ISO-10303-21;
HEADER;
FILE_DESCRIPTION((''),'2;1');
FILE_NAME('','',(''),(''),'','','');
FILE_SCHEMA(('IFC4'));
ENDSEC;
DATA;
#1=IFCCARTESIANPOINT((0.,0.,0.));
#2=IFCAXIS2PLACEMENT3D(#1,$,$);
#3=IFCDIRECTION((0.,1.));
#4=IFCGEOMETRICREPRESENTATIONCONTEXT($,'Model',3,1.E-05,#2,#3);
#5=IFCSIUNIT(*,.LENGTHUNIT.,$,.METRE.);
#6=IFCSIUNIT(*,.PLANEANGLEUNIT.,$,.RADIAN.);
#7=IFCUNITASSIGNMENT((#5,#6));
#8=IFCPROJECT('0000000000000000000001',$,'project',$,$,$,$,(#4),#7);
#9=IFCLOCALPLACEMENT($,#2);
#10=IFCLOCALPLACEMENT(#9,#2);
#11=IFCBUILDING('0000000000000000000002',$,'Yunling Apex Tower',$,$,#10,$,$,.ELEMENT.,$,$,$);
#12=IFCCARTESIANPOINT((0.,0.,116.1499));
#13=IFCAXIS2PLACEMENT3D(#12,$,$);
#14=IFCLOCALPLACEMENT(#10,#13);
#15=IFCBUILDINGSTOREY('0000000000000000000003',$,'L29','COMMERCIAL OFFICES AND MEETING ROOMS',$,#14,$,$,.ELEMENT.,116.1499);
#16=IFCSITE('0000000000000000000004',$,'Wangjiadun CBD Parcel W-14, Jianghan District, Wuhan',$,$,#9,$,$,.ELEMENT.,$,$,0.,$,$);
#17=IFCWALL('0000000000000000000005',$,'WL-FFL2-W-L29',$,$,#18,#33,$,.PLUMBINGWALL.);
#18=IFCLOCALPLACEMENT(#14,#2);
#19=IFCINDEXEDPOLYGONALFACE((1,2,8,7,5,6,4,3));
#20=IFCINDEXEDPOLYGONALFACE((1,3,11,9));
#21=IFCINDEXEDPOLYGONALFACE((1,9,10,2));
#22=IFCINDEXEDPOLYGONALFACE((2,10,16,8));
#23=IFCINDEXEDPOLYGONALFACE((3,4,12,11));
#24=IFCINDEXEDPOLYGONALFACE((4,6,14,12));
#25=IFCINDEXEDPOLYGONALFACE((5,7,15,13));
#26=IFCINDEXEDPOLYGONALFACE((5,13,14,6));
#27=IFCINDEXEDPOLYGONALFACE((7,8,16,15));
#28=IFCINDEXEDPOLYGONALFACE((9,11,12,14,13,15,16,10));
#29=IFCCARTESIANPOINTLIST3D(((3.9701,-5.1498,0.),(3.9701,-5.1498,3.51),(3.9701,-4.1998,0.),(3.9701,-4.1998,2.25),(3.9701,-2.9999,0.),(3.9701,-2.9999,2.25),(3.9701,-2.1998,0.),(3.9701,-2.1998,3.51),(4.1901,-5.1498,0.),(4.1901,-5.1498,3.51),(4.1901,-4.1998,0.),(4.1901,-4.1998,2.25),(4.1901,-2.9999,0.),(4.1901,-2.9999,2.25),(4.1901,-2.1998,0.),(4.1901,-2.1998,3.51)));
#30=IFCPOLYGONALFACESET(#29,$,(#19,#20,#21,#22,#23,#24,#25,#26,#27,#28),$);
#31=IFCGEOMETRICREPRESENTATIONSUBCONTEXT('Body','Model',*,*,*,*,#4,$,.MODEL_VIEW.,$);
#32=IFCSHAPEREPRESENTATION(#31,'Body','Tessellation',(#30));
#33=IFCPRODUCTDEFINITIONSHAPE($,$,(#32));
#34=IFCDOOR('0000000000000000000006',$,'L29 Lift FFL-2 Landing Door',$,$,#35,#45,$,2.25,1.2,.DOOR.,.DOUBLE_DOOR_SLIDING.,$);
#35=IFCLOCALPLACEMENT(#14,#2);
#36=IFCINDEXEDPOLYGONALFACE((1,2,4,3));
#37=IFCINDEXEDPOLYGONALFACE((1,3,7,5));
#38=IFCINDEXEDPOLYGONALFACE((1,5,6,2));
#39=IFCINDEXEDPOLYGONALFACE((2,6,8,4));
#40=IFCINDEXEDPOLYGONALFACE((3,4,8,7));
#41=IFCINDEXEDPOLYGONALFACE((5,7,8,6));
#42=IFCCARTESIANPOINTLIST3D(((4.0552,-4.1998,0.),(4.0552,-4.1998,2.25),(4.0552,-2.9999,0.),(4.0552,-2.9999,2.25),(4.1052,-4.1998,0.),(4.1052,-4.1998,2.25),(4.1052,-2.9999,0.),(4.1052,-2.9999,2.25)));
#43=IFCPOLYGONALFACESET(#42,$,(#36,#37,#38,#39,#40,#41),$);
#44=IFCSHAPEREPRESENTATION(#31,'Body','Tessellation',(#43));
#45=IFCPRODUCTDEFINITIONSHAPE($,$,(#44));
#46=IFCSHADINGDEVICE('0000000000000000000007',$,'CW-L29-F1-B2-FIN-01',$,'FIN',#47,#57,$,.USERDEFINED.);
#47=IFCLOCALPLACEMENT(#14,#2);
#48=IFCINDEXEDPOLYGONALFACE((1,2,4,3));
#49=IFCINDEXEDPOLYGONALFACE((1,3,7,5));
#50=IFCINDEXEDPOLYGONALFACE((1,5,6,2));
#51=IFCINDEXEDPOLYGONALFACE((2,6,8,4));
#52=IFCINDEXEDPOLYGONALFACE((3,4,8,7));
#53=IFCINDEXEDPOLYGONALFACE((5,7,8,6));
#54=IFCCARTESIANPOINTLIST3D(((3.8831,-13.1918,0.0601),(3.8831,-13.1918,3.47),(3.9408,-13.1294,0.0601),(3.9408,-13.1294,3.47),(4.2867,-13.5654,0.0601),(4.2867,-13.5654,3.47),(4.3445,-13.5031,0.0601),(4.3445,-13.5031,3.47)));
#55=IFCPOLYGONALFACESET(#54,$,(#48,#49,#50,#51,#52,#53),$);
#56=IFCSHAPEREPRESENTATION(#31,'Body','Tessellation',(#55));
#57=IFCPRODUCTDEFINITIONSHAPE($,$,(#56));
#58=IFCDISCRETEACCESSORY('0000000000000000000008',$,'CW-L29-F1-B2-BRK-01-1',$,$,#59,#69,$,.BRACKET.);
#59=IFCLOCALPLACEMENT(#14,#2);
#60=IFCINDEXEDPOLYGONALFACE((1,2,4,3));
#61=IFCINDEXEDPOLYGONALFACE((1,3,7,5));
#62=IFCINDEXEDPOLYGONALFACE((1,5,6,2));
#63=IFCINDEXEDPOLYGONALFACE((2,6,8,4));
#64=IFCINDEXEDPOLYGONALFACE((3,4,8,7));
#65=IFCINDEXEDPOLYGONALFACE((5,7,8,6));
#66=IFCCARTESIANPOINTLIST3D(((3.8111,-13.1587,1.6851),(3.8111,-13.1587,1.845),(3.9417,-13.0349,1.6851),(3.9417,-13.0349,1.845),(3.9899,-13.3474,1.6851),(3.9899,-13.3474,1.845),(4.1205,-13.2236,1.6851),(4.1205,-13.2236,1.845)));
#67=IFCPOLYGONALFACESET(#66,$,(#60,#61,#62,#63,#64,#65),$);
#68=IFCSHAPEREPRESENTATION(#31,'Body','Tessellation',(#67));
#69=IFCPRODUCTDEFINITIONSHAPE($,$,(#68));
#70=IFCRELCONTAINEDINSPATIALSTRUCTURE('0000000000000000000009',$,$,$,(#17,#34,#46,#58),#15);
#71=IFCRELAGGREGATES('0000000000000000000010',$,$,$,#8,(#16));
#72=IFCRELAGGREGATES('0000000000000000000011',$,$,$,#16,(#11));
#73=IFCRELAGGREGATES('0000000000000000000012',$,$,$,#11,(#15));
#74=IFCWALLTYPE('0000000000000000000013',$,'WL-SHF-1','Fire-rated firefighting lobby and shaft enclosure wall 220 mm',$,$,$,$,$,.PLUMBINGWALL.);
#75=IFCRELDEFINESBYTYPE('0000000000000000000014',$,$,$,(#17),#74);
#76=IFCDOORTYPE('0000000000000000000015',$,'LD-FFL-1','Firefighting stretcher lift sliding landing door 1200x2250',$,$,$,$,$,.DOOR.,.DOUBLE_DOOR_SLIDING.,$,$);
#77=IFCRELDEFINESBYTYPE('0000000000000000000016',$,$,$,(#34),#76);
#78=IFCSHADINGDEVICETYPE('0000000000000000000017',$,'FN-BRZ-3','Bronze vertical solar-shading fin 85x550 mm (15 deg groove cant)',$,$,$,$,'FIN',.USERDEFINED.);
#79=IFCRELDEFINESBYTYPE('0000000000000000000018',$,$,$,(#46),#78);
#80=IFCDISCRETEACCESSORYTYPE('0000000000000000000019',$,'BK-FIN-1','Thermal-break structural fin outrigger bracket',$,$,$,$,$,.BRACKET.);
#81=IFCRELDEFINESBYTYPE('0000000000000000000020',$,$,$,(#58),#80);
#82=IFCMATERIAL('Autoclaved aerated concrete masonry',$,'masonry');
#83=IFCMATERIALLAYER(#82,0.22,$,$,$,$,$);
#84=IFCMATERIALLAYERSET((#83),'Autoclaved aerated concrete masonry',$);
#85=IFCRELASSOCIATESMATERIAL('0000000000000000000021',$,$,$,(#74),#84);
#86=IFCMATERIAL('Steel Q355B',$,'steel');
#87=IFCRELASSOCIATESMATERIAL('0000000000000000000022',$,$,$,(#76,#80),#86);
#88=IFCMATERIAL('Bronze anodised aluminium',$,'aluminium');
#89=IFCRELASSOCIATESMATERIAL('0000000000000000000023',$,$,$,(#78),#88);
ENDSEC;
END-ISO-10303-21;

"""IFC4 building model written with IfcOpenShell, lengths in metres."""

from ifc_helpers import new_model, si_unit, direction, frame, frame_2d, origin, origin_2d, place, context, subcontext, project, spatial, rectangle, extrude, source, transform, mapped, material, layer, layer_set, material_profile, profile_set, type_object, element, fill, save


model = new_model("IFC4")

# Units and contexts
model_context = context("Model", 3, precision=1e-05, world=origin(), true_north=direction((0.0, 1.0)))
body_context = subcontext(model_context, "Body", "Model", "MODEL_VIEW")
ifc_project = project(units=[si_unit("LENGTHUNIT", "METRE"), si_unit("PLANEANGLEUNIT", "RADIAN")], contexts=[model_context])

# Site, building, storey
site_placement = place(None, origin())
site = spatial("IfcSite", under=ifc_project, at=site_placement, Name="Wangjiadun CBD Parcel W-14, Jianghan District, Wuhan", CompositionType="ELEMENT", RefElevation=0.0)
building_placement = place(site_placement, origin())
building = spatial("IfcBuilding", under=site, at=building_placement, Name="Yunling Apex Tower", CompositionType="ELEMENT")
storey_placement = place(building_placement, frame((0.0, 0.0, 116.1499)))
storey = spatial("IfcBuildingStorey", under=building, at=storey_placement, Name="L29", Description="COMMERCIAL OFFICES AND MEETING ROOMS", CompositionType="ELEMENT", Elevation=116.1499)

# Shared definitions
ifc_material_1 = material(Name="Steel Q355B", Category="steel")

# Shared definitions
ifc_material_2 = material(Name="Bronze anodised aluminium", Category="aluminium")

# Wall, opening, door
ifc_material_3 = material(Name="Autoclaved aerated concrete masonry", Category="masonry")
ifc_layer_1 = layer(ifc_material_3, 0.22)
ifc_layer_set_1 = layer_set([ifc_layer_1], Name="Autoclaved aerated concrete masonry")
wall_type_1 = type_object("IfcWallType", Name="WL-SHF-1", Description="Fire-rated firefighting lobby and shaft enclosure wall 220 mm", PredefinedType="PLUMBINGWALL", material=ifc_layer_set_1)
wall_1_placement = place(storey_placement, frame((4.0801, -5.1499, 0.0), z_axis=(0.0, 0.0, 1.0), x_axis=(0.0, 1.0, 0.0)))
wall_1 = element("IfcWall", 1, at=wall_1_placement, inside=storey, type_object=wall_type_1, Name="WL-FFL2-W-L29", PredefinedType="PLUMBINGWALL", context=body_context, shape_type="SweptSolid", body=[
    extrude(rectangle(XDim=2.95, YDim=0.22, at=frame_2d((1.4751, 0.0))), origin(), (0.0, 0.0, 1.0), 3.51),
])
opening_1_placement = place(wall_1_placement, frame((0.95, 0.0, 0.0)))
opening_1 = element("IfcOpeningElement", 2, at=opening_1_placement, cuts=wall_1, PredefinedType="OPENING", context=body_context, shape_type="SweptSolid", body=[
    extrude(rectangle(XDim=1.2, YDim=2.25, at=frame_2d((0.6001, 1.125))), frame((0.0, 0.1201, 0.0), z_axis=(0.0, -1.0, 0.0), x_axis=(1.0, 0.0, 0.0)), (0.0, 0.0, 1.0), 0.24),
])
door_type_1 = type_object("IfcDoorType", Name="LD-FFL-1", Description="Firefighting stretcher lift sliding landing door 1200x2250", OperationType="DOUBLE_DOOR_SLIDING", PredefinedType="DOOR", material=ifc_material_1)
door_1_placement = place(opening_1_placement, origin())
door_1 = element("IfcDoor", 3, at=door_1_placement, inside=storey, type_object=door_type_1, Name="L29 Lift FFL-2 Landing Door", OperationType="DOUBLE_DOOR_SLIDING", OverallHeight=2.25, OverallWidth=1.2, PredefinedType="DOOR", context=body_context, shape_type="SweptSolid", body=[
    extrude(rectangle(XDim=1.2, YDim=2.25, at=frame_2d((0.6001, 1.125))), frame((0.0, 0.0249, 0.0), z_axis=(0.0, -1.0, 0.0), x_axis=(1.0, 0.0, 0.0)), (0.0, 0.0, 1.0), 0.05),
])
fill(opening_1, door_1)

# Shading device
ifc_material_profile_1 = material_profile(ifc_material_2, rectangle(XDim=0.085, YDim=0.55, at=origin_2d()))
ifc_profile_set_1 = profile_set([ifc_material_profile_1], Name="Bronze anodised aluminium")
shading_device_type = type_object("IfcShadingDeviceType", Name="FN-BRZ-3", Description="Bronze vertical solar-shading fin 85x550 mm (15 deg groove cant)", ElementType="FIN", PredefinedType="USERDEFINED", material=ifc_profile_set_1)
shared_shape_1 = source(origin(), body_context, "Body", "SweptSolid", [
    extrude(rectangle(XDim=0.085, YDim=0.55, at=origin_2d()), origin(), (0.0, 0.0, 1.0), 3.4099),
])
shading_device_placement = place(storey_placement, frame((4.1138, -13.3474, 0.0601), z_axis=(0.0, 0.0, 1.0), x_axis=(0.679313, 0.733848, 0.0)))
element("IfcShadingDevice", 4, at=shading_device_placement, inside=storey, type_object=shading_device_type, Name="CW-L29-F1-B2-FIN-01", ObjectType="FIN", PredefinedType="USERDEFINED", context=body_context, shape_type="MappedRepresentation", body=[
    mapped(shared_shape_1, transform((0.0, 0.0, 0.0), scale=1.0)),
])

# Discrete accessory
discrete_accessory_type = type_object("IfcDiscreteAccessoryType", Name="BK-FIN-1", Description="Thermal-break structural fin outrigger bracket", PredefinedType="BRACKET", material=ifc_material_1)
shared_shape_2 = source(origin(), body_context, "Body", "SweptSolid", [
    extrude(rectangle(XDim=0.1799, YDim=0.26, at=origin_2d()), origin(), (0.0, 0.0, 1.0), 0.1599),
])
discrete_accessory_placement = place(storey_placement, frame((3.9658, -13.1912, 1.6851), z_axis=(0.0, 0.0, 1.0), x_axis=(0.725855, 0.687848, 0.0)))
element("IfcDiscreteAccessory", 5, at=discrete_accessory_placement, inside=storey, type_object=discrete_accessory_type, Name="CW-L29-F1-B2-BRK-01-1", PredefinedType="BRACKET", context=body_context, shape_type="MappedRepresentation", body=[
    mapped(shared_shape_2, transform((0.0, 0.0, 0.0), scale=1.0)),
])

save(model, "model.ifc")
